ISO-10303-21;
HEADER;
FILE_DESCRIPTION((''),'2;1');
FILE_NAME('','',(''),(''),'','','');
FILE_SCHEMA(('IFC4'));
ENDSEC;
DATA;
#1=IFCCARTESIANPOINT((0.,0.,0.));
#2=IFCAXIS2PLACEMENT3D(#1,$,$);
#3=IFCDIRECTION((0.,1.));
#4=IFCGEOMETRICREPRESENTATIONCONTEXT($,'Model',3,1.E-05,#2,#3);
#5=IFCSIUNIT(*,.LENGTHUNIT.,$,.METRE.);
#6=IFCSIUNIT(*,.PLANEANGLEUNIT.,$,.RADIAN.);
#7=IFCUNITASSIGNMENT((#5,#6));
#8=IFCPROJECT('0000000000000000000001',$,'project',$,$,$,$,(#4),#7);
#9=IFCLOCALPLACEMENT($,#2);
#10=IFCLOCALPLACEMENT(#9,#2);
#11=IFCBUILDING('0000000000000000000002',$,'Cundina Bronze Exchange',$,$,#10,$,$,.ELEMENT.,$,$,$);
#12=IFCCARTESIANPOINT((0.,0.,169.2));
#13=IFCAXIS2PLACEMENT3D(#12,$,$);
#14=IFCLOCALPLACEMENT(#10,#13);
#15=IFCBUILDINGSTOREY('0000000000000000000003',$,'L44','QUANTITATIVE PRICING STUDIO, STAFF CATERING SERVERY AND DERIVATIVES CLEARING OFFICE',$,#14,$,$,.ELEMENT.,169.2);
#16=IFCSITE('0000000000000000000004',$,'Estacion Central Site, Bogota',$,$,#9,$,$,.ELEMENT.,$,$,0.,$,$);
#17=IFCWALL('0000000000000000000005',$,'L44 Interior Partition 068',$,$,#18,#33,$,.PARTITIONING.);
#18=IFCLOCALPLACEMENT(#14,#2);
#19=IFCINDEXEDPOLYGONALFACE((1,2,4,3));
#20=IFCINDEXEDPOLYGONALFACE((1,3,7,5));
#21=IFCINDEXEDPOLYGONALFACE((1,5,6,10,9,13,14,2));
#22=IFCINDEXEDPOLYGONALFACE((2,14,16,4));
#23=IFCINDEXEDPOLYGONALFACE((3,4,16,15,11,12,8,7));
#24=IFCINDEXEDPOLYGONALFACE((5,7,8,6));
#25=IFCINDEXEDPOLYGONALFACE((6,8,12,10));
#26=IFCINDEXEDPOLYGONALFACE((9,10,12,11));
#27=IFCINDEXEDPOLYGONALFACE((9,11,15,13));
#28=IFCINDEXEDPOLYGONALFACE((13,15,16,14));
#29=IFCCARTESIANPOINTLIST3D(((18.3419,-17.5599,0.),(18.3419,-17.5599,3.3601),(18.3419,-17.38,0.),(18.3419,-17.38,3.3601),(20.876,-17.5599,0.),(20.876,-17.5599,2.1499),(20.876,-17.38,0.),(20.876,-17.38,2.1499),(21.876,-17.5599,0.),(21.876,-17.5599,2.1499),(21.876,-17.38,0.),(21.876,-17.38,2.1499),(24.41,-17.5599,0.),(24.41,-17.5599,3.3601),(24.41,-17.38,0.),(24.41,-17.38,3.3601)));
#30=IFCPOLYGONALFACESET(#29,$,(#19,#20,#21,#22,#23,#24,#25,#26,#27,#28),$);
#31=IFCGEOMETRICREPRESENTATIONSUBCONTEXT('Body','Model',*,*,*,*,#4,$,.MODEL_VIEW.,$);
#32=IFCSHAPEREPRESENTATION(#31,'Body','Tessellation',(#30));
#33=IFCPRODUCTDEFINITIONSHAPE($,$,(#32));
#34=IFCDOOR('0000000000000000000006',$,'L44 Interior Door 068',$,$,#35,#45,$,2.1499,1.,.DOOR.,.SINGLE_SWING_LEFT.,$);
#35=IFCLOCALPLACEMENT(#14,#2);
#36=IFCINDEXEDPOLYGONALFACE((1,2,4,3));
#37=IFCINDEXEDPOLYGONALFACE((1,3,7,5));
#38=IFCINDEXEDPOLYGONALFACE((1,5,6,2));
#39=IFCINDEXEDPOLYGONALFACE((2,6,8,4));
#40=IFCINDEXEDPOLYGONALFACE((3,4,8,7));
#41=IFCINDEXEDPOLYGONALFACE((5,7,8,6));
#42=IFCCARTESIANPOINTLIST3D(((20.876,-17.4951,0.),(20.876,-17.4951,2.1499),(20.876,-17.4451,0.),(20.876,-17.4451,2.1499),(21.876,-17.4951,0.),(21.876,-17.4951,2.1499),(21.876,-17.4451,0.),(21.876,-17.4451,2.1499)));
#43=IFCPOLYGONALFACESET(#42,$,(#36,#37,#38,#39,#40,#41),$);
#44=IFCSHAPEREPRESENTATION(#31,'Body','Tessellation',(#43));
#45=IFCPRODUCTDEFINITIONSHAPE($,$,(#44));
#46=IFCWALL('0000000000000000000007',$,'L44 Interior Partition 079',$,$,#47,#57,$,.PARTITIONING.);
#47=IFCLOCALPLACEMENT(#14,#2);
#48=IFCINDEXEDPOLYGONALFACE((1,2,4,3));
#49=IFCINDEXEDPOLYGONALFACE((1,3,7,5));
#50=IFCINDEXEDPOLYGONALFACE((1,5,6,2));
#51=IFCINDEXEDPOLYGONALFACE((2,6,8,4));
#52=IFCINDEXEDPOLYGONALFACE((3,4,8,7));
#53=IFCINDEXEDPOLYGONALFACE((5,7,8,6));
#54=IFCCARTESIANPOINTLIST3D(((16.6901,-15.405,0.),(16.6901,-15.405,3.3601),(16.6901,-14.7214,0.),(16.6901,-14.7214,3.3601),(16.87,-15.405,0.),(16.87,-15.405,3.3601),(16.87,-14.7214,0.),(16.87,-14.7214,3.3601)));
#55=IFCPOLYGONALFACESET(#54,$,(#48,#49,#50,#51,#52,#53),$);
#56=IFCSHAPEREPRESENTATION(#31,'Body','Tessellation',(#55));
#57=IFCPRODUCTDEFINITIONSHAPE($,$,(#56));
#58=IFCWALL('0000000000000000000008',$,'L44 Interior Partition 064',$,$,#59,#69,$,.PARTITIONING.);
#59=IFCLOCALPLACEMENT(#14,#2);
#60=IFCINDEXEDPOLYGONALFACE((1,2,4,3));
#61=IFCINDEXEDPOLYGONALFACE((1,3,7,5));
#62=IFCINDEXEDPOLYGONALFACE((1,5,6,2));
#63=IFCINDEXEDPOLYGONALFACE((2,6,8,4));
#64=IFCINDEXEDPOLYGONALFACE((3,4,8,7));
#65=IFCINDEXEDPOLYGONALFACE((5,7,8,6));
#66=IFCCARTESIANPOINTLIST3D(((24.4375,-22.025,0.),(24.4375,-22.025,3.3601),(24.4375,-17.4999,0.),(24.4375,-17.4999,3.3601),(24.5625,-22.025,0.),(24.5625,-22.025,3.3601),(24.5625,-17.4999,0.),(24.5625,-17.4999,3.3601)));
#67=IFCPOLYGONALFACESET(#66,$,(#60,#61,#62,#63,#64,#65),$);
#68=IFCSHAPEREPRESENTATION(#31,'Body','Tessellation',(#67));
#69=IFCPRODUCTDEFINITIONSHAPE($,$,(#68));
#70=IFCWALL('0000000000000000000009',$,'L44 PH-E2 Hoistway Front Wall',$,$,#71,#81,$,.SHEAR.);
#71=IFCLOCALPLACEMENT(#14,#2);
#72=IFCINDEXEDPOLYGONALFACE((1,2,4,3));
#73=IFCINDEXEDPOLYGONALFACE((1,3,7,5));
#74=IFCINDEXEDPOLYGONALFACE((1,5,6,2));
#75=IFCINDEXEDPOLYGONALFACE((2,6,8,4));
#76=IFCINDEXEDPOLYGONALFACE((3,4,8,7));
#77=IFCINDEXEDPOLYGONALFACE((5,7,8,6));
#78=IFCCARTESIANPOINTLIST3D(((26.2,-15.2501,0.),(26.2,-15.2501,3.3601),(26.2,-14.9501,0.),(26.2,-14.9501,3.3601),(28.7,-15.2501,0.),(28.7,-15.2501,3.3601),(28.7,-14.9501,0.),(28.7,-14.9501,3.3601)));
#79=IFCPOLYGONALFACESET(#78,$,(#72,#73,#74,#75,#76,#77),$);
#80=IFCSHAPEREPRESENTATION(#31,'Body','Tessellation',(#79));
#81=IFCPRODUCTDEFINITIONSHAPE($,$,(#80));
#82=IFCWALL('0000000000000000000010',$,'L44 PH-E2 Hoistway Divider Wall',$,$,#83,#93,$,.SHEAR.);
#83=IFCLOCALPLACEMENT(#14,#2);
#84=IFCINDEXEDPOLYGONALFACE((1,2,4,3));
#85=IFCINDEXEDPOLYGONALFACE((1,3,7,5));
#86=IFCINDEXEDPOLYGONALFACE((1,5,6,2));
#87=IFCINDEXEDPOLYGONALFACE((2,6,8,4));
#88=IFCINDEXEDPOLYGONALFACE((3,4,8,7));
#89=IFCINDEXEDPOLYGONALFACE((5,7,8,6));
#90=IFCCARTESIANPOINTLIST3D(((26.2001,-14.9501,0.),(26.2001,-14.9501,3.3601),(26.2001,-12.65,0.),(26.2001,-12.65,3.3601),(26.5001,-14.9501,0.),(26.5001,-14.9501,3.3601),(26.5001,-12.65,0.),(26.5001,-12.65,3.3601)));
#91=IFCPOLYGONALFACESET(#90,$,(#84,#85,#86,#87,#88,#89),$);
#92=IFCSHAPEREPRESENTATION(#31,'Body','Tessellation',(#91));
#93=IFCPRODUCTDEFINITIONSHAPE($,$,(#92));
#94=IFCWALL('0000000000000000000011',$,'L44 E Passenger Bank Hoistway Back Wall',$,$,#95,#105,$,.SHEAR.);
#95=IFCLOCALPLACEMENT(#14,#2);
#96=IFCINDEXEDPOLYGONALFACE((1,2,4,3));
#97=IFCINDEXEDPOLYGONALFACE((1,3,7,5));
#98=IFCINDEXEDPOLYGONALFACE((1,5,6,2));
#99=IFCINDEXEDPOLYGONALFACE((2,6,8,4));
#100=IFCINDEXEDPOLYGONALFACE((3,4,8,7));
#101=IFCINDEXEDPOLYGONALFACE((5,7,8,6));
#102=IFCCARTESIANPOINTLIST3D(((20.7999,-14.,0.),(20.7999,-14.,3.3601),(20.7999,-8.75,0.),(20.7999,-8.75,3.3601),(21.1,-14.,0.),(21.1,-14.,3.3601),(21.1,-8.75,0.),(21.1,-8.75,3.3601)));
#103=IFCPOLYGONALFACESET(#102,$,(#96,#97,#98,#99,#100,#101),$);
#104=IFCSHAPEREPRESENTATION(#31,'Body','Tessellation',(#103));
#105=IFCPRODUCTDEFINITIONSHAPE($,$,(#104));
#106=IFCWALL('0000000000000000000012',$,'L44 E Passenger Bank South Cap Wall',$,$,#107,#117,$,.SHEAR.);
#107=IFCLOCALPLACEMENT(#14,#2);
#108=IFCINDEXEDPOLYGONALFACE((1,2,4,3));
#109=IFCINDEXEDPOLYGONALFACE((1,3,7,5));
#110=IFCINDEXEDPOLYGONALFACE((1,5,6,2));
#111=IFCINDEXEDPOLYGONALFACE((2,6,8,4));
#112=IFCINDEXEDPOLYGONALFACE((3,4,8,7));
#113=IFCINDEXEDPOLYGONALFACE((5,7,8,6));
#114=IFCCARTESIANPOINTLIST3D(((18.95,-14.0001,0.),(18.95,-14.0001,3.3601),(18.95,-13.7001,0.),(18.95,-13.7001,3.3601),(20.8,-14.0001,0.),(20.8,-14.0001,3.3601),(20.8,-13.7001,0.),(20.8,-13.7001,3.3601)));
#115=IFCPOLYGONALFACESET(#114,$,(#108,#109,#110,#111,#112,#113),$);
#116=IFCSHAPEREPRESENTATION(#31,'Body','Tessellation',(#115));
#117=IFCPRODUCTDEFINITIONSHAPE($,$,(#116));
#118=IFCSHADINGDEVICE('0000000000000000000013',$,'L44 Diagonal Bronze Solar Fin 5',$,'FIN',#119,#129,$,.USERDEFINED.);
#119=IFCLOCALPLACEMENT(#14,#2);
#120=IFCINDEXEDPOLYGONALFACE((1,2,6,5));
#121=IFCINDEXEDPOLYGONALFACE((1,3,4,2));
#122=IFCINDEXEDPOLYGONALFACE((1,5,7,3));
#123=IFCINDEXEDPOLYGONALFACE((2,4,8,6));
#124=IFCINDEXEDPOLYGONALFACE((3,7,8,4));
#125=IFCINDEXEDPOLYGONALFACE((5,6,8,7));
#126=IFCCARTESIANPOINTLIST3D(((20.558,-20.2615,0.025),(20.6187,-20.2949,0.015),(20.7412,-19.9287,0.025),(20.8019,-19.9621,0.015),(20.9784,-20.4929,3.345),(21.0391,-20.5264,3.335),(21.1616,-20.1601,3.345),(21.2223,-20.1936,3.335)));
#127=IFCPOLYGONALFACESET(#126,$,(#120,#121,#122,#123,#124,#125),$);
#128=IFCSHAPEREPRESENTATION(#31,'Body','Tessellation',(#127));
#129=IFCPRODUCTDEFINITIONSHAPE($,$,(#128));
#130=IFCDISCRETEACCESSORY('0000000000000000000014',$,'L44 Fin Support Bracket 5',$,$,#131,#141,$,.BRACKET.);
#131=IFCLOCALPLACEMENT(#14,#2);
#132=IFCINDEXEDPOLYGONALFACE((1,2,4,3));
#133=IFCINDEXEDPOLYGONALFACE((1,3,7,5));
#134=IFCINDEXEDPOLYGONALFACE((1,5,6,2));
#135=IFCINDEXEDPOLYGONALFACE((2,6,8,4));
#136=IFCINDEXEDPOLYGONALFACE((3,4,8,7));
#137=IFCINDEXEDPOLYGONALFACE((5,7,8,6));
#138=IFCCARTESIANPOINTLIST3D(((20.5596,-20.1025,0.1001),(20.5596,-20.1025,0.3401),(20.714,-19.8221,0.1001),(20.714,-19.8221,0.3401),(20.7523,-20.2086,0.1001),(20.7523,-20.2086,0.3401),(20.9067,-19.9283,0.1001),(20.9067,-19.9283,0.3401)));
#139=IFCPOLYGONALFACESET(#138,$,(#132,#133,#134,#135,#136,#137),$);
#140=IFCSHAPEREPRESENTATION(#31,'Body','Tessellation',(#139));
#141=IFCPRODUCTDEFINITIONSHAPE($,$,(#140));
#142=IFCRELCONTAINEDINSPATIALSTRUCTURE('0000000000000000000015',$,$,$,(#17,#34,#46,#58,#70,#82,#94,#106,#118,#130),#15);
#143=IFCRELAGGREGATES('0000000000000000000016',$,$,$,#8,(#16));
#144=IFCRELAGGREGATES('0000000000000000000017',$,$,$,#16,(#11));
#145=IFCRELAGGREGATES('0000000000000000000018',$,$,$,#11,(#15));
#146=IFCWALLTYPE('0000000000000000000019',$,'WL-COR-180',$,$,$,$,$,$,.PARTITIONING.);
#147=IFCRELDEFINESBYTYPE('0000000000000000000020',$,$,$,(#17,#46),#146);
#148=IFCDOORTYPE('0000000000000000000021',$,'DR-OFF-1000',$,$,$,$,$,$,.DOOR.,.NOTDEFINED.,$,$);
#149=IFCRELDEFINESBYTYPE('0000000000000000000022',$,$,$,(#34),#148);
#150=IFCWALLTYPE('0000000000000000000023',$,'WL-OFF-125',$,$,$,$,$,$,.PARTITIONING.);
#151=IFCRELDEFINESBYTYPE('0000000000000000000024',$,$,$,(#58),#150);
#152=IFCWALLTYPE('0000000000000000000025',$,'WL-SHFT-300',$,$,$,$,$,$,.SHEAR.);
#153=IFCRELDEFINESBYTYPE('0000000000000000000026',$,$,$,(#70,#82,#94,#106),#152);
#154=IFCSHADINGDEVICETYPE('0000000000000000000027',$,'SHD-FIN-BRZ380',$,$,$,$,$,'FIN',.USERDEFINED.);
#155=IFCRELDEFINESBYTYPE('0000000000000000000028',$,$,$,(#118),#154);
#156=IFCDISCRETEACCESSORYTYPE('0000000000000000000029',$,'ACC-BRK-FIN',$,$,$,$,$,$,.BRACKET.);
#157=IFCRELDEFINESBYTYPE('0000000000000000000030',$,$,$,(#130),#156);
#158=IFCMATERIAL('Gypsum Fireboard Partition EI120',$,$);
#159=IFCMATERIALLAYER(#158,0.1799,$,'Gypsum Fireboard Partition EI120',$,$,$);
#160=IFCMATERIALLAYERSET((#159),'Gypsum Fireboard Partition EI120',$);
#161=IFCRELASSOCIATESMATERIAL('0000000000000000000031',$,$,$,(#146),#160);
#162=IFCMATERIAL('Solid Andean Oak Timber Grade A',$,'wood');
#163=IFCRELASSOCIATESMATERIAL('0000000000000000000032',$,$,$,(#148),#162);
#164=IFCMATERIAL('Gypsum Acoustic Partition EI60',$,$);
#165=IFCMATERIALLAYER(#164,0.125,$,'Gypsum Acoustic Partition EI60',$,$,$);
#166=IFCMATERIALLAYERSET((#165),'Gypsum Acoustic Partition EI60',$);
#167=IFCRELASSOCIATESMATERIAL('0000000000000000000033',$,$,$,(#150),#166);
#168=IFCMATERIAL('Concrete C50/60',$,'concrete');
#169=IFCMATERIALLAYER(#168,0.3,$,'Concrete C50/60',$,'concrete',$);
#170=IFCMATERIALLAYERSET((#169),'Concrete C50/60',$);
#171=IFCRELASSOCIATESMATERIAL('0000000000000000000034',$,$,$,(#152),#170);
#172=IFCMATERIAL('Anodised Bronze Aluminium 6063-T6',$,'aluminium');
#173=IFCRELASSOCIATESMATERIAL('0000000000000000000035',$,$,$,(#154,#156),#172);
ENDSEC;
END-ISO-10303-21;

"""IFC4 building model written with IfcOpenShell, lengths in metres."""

from ifc_helpers import new_model, si_unit, direction, frame, frame_2d, origin, origin_2d, place, context, subcontext, project, spatial, rectangle, extrude, material, layer, layer_set, material_profile, profile_set, type_object, element, fill, save


model = new_model("IFC4")

# Units and contexts
model_context = context("Model", 3, precision=1e-05, world=origin(), true_north=direction((0.0, 1.0)))
body_context = subcontext(model_context, "Body", "Model", "MODEL_VIEW")
ifc_project = project(units=[si_unit("LENGTHUNIT", "METRE"), si_unit("PLANEANGLEUNIT", "RADIAN")], contexts=[model_context])

# Site, building, storey
site_placement = place(None, origin())
site = spatial("IfcSite", under=ifc_project, at=site_placement, Name="Estacion Central Site, Bogota", CompositionType="ELEMENT", RefElevation=0.0)
building_placement = place(site_placement, origin())
building = spatial("IfcBuilding", under=site, at=building_placement, Name="Cundina Bronze Exchange", CompositionType="ELEMENT")
storey_placement = place(building_placement, frame((0.0, 0.0, 169.2)))
storey = spatial("IfcBuildingStorey", under=building, at=storey_placement, Name="L44", Description="QUANTITATIVE PRICING STUDIO, STAFF CATERING SERVERY AND DERIVATIVES CLEARING OFFICE", CompositionType="ELEMENT", Elevation=169.2)

# Shared definitions
ifc_material_1 = material(Name="Concrete C50/60", Category="concrete")

# Shared definitions
ifc_material_2 = material(Name="Anodised Bronze Aluminium 6063-T6", Category="aluminium")

# Shared definitions
ifc_material_3 = material(Name="Gypsum Fireboard Partition EI120")
ifc_layer_1 = layer(ifc_material_3, 0.1799, Name="Gypsum Fireboard Partition EI120")
ifc_layer_set_1 = layer_set([ifc_layer_1], Name="Gypsum Fireboard Partition EI120")
wall_type_1 = type_object("IfcWallType", Name="WL-COR-180", PredefinedType="PARTITIONING", material=ifc_layer_set_1)

# Shared definitions
ifc_material_4 = material(Name="Solid Andean Oak Timber Grade A", Category="wood")

# Wall, opening, door
door_type_1 = type_object("IfcDoorType", Name="DR-OFF-1000", OperationType="NOTDEFINED", PredefinedType="DOOR", material=ifc_material_4)
wall_1_placement = place(storey_placement, frame((18.3418, -17.47, 0.0), z_axis=(0.0, 0.0, 1.0), x_axis=(1.0, 0.0, 0.0)))
wall_1 = element("IfcWall", 1, at=wall_1_placement, inside=storey, type_object=wall_type_1, Name="L44 Interior Partition 068", PredefinedType="PARTITIONING", context=body_context, shape_type="SweptSolid", body=[
    extrude(rectangle(XDim=6.0681, YDim=0.1799, at=frame_2d((3.0342, 0.0))), origin(), (0.0, 0.0, 1.0), 3.3601),
])
opening_1_placement = place(wall_1_placement, frame((2.5342, 0.0, 0.0)))
opening_1 = element("IfcOpeningElement", 2, at=opening_1_placement, cuts=wall_1, PredefinedType="OPENING", context=body_context, shape_type="SweptSolid", body=[
    extrude(rectangle(XDim=1.0, YDim=2.1499, at=frame_2d((0.5, 1.075))), frame((0.0, 0.0999, 0.0), z_axis=(0.0, -1.0, 0.0), x_axis=(1.0, 0.0, 0.0)), (0.0, 0.0, 1.0), 0.2),
])
door_1_placement = place(opening_1_placement, origin())
door_1 = element("IfcDoor", 3, at=door_1_placement, inside=storey, type_object=door_type_1, Name="L44 Interior Door 068", OperationType="SINGLE_SWING_LEFT", OverallHeight=2.1499, OverallWidth=1.0, PredefinedType="DOOR", context=body_context, shape_type="SweptSolid", body=[
    extrude(rectangle(XDim=1.0, YDim=2.1499, at=frame_2d((0.5, 1.075))), frame((0.0, 0.0249, 0.0), z_axis=(0.0, -1.0, 0.0), x_axis=(1.0, 0.0, 0.0)), (0.0, 0.0, 1.0), 0.05),
])
fill(opening_1, door_1)

# Walls
wall_2_placement = place(storey_placement, frame((16.78, -14.7214, 0.0), z_axis=(0.0, 0.0, 1.0), x_axis=(0.0, -1.0, 0.0)))
element("IfcWall", 4, at=wall_2_placement, inside=storey, type_object=wall_type_1, Name="L44 Interior Partition 079", PredefinedType="PARTITIONING", context=body_context, shape_type="SweptSolid", body=[
    extrude(rectangle(XDim=0.6836, YDim=0.1799, at=frame_2d((0.3418, 0.0))), origin(), (0.0, 0.0, 1.0), 3.3601),
])
ifc_material_5 = material(Name="Gypsum Acoustic Partition EI60")
ifc_layer_2 = layer(ifc_material_5, 0.125, Name="Gypsum Acoustic Partition EI60")
ifc_layer_set_2 = layer_set([ifc_layer_2], Name="Gypsum Acoustic Partition EI60")
wall_type_2 = type_object("IfcWallType", Name="WL-OFF-125", PredefinedType="PARTITIONING", material=ifc_layer_set_2)
wall_3_placement = place(storey_placement, frame((24.5, -22.0251, 0.0), z_axis=(0.0, 0.0, 1.0), x_axis=(0.0, 1.0, 0.0)))
element("IfcWall", 5, at=wall_3_placement, inside=storey, type_object=wall_type_2, Name="L44 Interior Partition 064", PredefinedType="PARTITIONING", context=body_context, shape_type="SweptSolid", body=[
    extrude(rectangle(XDim=4.5251, YDim=0.125, at=frame_2d((2.2627, 0.0))), origin(), (0.0, 0.0, 1.0), 3.3601),
])
ifc_layer_3 = layer(ifc_material_1, 0.3, Name="Concrete C50/60", Category="concrete")
ifc_layer_set_3 = layer_set([ifc_layer_3], Name="Concrete C50/60")
wall_type_3 = type_object("IfcWallType", Name="WL-SHFT-300", PredefinedType="SHEAR", material=ifc_layer_set_3)
wall_4_placement = place(storey_placement, frame((26.2, -15.1001, 0.0), z_axis=(0.0, 0.0, 1.0), x_axis=(1.0, 0.0, 0.0)))
element("IfcWall", 6, at=wall_4_placement, inside=storey, type_object=wall_type_3, Name="L44 PH-E2 Hoistway Front Wall", PredefinedType="SHEAR", context=body_context, shape_type="SweptSolid", body=[
    extrude(rectangle(XDim=2.5, YDim=0.3, at=frame_2d((1.25, 0.0))), origin(), (0.0, 0.0, 1.0), 3.3601),
])
wall_5_placement = place(storey_placement, frame((26.3501, -14.95, 0.0), z_axis=(0.0, 0.0, 1.0), x_axis=(0.0, 1.0, 0.0)))
element("IfcWall", 7, at=wall_5_placement, inside=storey, type_object=wall_type_3, Name="L44 PH-E2 Hoistway Divider Wall", PredefinedType="SHEAR", context=body_context, shape_type="SweptSolid", body=[
    extrude(rectangle(XDim=2.3, YDim=0.3, at=frame_2d((1.1499, 0.0))), origin(), (0.0, 0.0, 1.0), 3.3601),
])
wall_6_placement = place(storey_placement, frame((20.95, -14.0, 0.0), z_axis=(0.0, 0.0, 1.0), x_axis=(0.0, 1.0, 0.0)))
element("IfcWall", 8, at=wall_6_placement, inside=storey, type_object=wall_type_3, Name="L44 E Passenger Bank Hoistway Back Wall", PredefinedType="SHEAR", context=body_context, shape_type="SweptSolid", body=[
    extrude(rectangle(XDim=5.25, YDim=0.3, at=frame_2d((2.625, 0.0))), origin(), (0.0, 0.0, 1.0), 3.3601),
])
wall_7_placement = place(storey_placement, frame((18.95, -13.8501, 0.0), z_axis=(0.0, 0.0, 1.0), x_axis=(1.0, 0.0, 0.0)))
element("IfcWall", 9, at=wall_7_placement, inside=storey, type_object=wall_type_3, Name="L44 E Passenger Bank South Cap Wall", PredefinedType="SHEAR", context=body_context, shape_type="SweptSolid", body=[
    extrude(rectangle(XDim=1.8501, YDim=0.3, at=frame_2d((0.925, 0.0))), origin(), (0.0, 0.0, 1.0), 3.3601),
])

# Shading device
ifc_material_profile_1 = material_profile(ifc_material_2, rectangle(XDim=0.0701, YDim=0.3799, at=origin_2d()), Name="FIN70X380", Category="aluminium")
ifc_profile_set_1 = profile_set([ifc_material_profile_1], Name="Anodised Bronze Aluminium 6063-T6")
shading_device_type = type_object("IfcShadingDeviceType", Name="SHD-FIN-BRZ380", ElementType="FIN", PredefinedType="USERDEFINED", material=ifc_profile_set_1)
shading_device_placement = place(storey_placement, frame((20.6799, -20.1118, 0.02), z_axis=(0.125324, -0.068994, 0.989714), x_axis=(-0.867012, 0.47731, 0.143061)))
element("IfcShadingDevice", 10, at=shading_device_placement, inside=storey, type_object=shading_device_type, Name="L44 Diagonal Bronze Solar Fin 5", ObjectType="FIN", PredefinedType="USERDEFINED", context=body_context, shape_type="SweptSolid", body=[
    extrude(rectangle(XDim=0.0701, YDim=0.3799, at=origin_2d()), origin(), (0.0, 0.0, 1.0), 3.3545),
])

# Discrete accessory
discrete_accessory_type = type_object("IfcDiscreteAccessoryType", Name="ACC-BRK-FIN", PredefinedType="BRACKET", material=ifc_material_2)
discrete_accessory_placement = place(storey_placement, frame((20.7332, -20.0154, 0.1001), z_axis=(0.0, 0.0, 1.0), x_axis=(0.875869, -0.482549, 0.0)))
element("IfcDiscreteAccessory", 11, at=discrete_accessory_placement, inside=storey, type_object=discrete_accessory_type, Name="L44 Fin Support Bracket 5", PredefinedType="BRACKET", context=body_context, shape_type="SweptSolid", body=[
    extrude(rectangle(XDim=0.22, YDim=0.3201, at=origin_2d()), origin(), (0.0, 0.0, 1.0), 0.24),
])

save(model, "model.ifc")
